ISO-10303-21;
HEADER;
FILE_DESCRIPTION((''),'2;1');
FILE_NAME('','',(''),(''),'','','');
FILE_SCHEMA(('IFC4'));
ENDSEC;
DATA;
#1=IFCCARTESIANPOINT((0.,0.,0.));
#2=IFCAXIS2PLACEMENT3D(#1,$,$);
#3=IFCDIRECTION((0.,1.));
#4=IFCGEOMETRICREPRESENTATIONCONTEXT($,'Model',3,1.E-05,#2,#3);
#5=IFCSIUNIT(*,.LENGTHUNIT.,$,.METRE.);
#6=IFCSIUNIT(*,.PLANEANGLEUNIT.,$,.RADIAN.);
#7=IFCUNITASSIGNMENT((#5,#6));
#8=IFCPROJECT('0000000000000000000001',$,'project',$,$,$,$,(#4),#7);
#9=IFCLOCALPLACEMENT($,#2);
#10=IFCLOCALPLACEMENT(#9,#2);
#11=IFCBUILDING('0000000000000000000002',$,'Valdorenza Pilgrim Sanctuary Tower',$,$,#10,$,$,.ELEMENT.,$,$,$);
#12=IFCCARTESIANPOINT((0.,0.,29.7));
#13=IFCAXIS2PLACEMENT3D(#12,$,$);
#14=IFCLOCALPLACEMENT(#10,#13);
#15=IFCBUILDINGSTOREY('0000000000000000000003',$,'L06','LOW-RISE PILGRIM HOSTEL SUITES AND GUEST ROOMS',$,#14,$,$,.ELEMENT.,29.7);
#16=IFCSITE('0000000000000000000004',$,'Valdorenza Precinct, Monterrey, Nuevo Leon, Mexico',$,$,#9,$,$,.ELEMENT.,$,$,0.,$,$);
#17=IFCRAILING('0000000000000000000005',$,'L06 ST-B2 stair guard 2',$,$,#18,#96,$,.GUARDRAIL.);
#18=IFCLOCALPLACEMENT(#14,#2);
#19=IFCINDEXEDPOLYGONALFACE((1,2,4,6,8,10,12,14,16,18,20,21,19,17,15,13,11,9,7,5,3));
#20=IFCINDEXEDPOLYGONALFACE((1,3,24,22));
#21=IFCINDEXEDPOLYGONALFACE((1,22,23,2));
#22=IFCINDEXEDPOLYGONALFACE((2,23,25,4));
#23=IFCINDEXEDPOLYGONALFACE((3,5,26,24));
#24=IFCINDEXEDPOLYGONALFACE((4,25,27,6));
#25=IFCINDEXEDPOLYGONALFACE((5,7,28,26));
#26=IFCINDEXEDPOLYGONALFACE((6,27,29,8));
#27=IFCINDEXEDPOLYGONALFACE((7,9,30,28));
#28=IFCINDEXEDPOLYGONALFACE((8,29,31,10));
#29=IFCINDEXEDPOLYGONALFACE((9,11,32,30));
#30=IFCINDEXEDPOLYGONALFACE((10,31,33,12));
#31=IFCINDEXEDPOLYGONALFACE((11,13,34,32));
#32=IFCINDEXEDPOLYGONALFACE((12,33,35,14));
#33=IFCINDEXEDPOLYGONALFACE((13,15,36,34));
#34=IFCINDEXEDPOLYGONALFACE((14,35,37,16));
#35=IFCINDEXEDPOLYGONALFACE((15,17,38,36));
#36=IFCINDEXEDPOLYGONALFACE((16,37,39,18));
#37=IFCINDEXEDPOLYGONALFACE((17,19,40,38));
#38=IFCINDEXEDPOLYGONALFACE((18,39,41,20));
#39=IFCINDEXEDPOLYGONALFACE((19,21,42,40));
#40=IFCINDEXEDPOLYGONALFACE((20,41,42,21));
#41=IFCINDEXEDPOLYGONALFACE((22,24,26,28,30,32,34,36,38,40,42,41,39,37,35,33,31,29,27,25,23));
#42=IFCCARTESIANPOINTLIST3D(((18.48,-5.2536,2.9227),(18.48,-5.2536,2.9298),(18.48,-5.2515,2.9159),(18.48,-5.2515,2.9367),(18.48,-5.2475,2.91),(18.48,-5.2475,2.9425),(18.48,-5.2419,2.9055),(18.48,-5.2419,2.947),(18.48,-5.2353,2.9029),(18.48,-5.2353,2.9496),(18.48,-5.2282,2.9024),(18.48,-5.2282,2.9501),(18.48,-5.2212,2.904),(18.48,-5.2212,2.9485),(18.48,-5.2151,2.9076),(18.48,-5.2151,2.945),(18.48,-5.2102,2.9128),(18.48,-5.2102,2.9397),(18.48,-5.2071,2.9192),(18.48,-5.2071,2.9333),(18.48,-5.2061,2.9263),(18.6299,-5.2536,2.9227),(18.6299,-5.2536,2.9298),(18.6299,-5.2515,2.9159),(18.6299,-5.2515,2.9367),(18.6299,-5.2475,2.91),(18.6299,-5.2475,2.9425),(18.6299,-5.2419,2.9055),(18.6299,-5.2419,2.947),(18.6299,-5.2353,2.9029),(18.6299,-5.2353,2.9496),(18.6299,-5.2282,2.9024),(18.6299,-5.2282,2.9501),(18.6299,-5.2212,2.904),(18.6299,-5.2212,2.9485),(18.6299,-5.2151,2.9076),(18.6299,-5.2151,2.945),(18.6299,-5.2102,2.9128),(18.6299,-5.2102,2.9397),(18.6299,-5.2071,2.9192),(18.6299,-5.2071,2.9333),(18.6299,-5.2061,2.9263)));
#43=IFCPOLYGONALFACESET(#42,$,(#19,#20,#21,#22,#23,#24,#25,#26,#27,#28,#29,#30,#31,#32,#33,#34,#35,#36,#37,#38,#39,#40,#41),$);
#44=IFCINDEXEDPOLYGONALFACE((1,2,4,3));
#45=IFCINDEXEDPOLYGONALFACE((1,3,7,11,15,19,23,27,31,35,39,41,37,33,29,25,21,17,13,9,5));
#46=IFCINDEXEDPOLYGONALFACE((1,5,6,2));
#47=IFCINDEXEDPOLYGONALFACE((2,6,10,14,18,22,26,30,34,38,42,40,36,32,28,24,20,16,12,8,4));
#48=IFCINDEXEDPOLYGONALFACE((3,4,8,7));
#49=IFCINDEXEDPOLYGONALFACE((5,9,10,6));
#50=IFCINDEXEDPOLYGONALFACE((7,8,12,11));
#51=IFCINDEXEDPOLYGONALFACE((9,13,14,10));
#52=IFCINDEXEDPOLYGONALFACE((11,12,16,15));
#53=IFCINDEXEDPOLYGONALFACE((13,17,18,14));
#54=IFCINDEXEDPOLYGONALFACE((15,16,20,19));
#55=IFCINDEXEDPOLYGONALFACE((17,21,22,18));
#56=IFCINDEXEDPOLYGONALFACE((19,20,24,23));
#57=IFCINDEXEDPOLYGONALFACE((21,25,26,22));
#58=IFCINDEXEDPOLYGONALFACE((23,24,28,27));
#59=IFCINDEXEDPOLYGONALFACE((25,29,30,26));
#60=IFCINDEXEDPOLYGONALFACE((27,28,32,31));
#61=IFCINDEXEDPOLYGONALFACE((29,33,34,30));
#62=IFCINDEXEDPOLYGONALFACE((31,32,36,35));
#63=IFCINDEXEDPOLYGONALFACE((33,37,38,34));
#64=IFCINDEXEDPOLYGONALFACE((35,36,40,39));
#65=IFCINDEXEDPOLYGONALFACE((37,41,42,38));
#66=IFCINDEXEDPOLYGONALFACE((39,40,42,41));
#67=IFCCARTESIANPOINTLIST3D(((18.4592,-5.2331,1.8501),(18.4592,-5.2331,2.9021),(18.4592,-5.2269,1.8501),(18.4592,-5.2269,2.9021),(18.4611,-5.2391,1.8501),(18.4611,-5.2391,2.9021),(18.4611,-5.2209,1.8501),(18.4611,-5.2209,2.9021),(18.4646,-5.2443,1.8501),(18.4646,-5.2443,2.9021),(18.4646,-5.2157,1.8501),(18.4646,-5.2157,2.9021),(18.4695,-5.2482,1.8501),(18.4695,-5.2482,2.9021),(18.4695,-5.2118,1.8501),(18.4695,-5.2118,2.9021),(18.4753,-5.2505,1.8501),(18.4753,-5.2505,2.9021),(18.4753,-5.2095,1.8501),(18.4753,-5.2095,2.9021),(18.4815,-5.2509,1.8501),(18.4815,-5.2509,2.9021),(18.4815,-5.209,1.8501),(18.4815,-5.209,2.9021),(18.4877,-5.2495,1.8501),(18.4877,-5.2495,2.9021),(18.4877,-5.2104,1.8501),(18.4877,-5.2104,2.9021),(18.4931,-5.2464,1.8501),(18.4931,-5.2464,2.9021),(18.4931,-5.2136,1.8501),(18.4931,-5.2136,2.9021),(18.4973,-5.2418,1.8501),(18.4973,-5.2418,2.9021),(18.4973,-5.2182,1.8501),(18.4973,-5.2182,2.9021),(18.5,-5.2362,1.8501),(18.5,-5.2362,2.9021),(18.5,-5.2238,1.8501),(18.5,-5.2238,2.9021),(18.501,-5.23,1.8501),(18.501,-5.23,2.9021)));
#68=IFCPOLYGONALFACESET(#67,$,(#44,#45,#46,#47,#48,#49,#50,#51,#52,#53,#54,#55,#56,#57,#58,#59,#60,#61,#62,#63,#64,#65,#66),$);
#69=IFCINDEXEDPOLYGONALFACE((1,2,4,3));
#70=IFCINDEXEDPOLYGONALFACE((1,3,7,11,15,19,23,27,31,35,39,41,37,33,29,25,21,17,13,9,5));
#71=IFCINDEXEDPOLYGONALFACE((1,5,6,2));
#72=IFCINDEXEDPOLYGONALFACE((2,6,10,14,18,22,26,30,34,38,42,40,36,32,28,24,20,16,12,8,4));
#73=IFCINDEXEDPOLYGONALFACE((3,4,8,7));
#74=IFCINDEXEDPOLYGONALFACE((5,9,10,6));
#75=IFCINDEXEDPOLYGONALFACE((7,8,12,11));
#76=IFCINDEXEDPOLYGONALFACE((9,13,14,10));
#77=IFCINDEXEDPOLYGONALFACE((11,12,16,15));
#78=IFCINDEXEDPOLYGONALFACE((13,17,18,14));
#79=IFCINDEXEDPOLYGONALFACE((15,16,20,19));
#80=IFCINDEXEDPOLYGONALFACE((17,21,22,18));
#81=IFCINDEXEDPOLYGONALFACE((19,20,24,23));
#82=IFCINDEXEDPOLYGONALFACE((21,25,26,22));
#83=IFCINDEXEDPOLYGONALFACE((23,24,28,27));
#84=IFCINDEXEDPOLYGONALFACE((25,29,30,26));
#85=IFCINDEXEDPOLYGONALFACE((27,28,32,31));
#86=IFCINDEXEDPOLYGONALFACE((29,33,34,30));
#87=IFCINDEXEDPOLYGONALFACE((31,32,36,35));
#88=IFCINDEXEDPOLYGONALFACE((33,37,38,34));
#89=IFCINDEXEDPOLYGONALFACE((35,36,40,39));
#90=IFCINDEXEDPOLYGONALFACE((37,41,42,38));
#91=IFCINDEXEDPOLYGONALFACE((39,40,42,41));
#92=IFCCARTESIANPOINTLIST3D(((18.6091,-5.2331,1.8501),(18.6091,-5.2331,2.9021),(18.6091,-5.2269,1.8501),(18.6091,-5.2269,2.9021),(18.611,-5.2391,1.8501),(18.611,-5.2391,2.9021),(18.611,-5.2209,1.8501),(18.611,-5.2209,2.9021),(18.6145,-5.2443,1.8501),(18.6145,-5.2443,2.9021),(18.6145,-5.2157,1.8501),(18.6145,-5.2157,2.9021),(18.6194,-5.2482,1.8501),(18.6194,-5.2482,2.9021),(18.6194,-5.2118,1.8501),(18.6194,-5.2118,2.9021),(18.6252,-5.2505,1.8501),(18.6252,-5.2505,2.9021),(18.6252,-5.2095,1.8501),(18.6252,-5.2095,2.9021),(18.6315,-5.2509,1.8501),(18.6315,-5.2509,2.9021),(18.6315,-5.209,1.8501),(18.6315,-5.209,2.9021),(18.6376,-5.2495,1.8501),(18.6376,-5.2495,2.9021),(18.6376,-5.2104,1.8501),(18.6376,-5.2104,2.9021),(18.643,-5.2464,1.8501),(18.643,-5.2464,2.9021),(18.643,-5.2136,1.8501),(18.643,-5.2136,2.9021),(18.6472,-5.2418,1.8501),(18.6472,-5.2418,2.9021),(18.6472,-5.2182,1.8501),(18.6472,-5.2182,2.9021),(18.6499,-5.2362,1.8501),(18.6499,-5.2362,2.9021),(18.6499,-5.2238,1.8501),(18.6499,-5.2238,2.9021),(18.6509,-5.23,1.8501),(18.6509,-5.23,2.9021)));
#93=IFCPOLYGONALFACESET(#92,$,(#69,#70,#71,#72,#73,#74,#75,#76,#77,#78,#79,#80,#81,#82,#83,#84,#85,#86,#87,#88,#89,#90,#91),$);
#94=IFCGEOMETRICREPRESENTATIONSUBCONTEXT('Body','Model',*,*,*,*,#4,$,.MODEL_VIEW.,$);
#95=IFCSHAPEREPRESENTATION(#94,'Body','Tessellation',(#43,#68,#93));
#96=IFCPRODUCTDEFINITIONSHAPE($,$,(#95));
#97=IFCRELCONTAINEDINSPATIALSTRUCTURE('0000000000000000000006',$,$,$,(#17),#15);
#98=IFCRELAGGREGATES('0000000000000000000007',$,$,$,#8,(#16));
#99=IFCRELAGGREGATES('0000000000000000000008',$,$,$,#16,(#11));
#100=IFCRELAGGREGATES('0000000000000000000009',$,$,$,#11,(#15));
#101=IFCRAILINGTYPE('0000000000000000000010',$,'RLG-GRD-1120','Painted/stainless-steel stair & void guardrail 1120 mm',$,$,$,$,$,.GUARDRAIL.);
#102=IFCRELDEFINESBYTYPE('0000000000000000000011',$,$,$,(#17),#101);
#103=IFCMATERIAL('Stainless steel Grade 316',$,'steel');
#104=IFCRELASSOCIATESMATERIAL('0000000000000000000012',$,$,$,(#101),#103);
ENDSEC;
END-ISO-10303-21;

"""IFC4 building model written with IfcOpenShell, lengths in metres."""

from ifc_helpers import new_model, si_unit, direction, frame, origin, origin_2d, place, context, subcontext, project, spatial, circle, extrude, material, type_object, element, save


model = new_model("IFC4")

# Units and contexts
model_context = context("Model", 3, precision=1e-05, world=origin(), true_north=direction((0.0, 1.0)))
body_context = subcontext(model_context, "Body", "Model", "MODEL_VIEW")
ifc_project = project(units=[si_unit("LENGTHUNIT", "METRE"), si_unit("PLANEANGLEUNIT", "RADIAN")], contexts=[model_context])

# Site, building, storey
site_placement = place(None, origin())
site = spatial("IfcSite", under=ifc_project, at=site_placement, Name="Valdorenza Precinct, Monterrey, Nuevo Leon, Mexico", CompositionType="ELEMENT", RefElevation=0.0)
building_placement = place(site_placement, origin())
building = spatial("IfcBuilding", under=site, at=building_placement, Name="Valdorenza Pilgrim Sanctuary Tower", CompositionType="ELEMENT")
storey_placement = place(building_placement, frame((0.0, 0.0, 29.7)))
storey = spatial("IfcBuildingStorey", under=building, at=storey_placement, Name="L06", Description="LOW-RISE PILGRIM HOSTEL SUITES AND GUEST ROOMS", CompositionType="ELEMENT", Elevation=29.7)

# Railing
ifc_material_1 = material(Name="Stainless steel Grade 316", Category="steel")
railing_type_1 = type_object("IfcRailingType", Name="RLG-GRD-1120", Description="Painted/stainless-steel stair & void guardrail 1120 mm", PredefinedType="GUARDRAIL", material=ifc_material_1)
railing_1_placement = place(storey_placement, frame((18.48, -5.23, 1.8501)))
element("IfcRailing", 1, at=railing_1_placement, inside=storey, type_object=railing_type_1, Name="L06 ST-B2 stair guard 2", PredefinedType="GUARDRAIL", context=body_context, shape_type="SweptSolid", body=[
    extrude(circle(Radius=0.0239, at=origin_2d()), frame((0.0, 0.0, 1.0762), z_axis=(1.0, 0.0, 0.0), x_axis=(0.0, 1.0, 0.0)), (0.0, 0.0, 1.0), 0.1499),
    extrude(circle(Radius=0.021, at=origin_2d()), origin(), (0.0, 0.0, 1.0), 1.052),
    extrude(circle(Radius=0.021, at=origin_2d()), frame((0.1499, 0.0, 0.0)), (0.0, 0.0, 1.0), 1.052),
])

save(model, "model.ifc")
